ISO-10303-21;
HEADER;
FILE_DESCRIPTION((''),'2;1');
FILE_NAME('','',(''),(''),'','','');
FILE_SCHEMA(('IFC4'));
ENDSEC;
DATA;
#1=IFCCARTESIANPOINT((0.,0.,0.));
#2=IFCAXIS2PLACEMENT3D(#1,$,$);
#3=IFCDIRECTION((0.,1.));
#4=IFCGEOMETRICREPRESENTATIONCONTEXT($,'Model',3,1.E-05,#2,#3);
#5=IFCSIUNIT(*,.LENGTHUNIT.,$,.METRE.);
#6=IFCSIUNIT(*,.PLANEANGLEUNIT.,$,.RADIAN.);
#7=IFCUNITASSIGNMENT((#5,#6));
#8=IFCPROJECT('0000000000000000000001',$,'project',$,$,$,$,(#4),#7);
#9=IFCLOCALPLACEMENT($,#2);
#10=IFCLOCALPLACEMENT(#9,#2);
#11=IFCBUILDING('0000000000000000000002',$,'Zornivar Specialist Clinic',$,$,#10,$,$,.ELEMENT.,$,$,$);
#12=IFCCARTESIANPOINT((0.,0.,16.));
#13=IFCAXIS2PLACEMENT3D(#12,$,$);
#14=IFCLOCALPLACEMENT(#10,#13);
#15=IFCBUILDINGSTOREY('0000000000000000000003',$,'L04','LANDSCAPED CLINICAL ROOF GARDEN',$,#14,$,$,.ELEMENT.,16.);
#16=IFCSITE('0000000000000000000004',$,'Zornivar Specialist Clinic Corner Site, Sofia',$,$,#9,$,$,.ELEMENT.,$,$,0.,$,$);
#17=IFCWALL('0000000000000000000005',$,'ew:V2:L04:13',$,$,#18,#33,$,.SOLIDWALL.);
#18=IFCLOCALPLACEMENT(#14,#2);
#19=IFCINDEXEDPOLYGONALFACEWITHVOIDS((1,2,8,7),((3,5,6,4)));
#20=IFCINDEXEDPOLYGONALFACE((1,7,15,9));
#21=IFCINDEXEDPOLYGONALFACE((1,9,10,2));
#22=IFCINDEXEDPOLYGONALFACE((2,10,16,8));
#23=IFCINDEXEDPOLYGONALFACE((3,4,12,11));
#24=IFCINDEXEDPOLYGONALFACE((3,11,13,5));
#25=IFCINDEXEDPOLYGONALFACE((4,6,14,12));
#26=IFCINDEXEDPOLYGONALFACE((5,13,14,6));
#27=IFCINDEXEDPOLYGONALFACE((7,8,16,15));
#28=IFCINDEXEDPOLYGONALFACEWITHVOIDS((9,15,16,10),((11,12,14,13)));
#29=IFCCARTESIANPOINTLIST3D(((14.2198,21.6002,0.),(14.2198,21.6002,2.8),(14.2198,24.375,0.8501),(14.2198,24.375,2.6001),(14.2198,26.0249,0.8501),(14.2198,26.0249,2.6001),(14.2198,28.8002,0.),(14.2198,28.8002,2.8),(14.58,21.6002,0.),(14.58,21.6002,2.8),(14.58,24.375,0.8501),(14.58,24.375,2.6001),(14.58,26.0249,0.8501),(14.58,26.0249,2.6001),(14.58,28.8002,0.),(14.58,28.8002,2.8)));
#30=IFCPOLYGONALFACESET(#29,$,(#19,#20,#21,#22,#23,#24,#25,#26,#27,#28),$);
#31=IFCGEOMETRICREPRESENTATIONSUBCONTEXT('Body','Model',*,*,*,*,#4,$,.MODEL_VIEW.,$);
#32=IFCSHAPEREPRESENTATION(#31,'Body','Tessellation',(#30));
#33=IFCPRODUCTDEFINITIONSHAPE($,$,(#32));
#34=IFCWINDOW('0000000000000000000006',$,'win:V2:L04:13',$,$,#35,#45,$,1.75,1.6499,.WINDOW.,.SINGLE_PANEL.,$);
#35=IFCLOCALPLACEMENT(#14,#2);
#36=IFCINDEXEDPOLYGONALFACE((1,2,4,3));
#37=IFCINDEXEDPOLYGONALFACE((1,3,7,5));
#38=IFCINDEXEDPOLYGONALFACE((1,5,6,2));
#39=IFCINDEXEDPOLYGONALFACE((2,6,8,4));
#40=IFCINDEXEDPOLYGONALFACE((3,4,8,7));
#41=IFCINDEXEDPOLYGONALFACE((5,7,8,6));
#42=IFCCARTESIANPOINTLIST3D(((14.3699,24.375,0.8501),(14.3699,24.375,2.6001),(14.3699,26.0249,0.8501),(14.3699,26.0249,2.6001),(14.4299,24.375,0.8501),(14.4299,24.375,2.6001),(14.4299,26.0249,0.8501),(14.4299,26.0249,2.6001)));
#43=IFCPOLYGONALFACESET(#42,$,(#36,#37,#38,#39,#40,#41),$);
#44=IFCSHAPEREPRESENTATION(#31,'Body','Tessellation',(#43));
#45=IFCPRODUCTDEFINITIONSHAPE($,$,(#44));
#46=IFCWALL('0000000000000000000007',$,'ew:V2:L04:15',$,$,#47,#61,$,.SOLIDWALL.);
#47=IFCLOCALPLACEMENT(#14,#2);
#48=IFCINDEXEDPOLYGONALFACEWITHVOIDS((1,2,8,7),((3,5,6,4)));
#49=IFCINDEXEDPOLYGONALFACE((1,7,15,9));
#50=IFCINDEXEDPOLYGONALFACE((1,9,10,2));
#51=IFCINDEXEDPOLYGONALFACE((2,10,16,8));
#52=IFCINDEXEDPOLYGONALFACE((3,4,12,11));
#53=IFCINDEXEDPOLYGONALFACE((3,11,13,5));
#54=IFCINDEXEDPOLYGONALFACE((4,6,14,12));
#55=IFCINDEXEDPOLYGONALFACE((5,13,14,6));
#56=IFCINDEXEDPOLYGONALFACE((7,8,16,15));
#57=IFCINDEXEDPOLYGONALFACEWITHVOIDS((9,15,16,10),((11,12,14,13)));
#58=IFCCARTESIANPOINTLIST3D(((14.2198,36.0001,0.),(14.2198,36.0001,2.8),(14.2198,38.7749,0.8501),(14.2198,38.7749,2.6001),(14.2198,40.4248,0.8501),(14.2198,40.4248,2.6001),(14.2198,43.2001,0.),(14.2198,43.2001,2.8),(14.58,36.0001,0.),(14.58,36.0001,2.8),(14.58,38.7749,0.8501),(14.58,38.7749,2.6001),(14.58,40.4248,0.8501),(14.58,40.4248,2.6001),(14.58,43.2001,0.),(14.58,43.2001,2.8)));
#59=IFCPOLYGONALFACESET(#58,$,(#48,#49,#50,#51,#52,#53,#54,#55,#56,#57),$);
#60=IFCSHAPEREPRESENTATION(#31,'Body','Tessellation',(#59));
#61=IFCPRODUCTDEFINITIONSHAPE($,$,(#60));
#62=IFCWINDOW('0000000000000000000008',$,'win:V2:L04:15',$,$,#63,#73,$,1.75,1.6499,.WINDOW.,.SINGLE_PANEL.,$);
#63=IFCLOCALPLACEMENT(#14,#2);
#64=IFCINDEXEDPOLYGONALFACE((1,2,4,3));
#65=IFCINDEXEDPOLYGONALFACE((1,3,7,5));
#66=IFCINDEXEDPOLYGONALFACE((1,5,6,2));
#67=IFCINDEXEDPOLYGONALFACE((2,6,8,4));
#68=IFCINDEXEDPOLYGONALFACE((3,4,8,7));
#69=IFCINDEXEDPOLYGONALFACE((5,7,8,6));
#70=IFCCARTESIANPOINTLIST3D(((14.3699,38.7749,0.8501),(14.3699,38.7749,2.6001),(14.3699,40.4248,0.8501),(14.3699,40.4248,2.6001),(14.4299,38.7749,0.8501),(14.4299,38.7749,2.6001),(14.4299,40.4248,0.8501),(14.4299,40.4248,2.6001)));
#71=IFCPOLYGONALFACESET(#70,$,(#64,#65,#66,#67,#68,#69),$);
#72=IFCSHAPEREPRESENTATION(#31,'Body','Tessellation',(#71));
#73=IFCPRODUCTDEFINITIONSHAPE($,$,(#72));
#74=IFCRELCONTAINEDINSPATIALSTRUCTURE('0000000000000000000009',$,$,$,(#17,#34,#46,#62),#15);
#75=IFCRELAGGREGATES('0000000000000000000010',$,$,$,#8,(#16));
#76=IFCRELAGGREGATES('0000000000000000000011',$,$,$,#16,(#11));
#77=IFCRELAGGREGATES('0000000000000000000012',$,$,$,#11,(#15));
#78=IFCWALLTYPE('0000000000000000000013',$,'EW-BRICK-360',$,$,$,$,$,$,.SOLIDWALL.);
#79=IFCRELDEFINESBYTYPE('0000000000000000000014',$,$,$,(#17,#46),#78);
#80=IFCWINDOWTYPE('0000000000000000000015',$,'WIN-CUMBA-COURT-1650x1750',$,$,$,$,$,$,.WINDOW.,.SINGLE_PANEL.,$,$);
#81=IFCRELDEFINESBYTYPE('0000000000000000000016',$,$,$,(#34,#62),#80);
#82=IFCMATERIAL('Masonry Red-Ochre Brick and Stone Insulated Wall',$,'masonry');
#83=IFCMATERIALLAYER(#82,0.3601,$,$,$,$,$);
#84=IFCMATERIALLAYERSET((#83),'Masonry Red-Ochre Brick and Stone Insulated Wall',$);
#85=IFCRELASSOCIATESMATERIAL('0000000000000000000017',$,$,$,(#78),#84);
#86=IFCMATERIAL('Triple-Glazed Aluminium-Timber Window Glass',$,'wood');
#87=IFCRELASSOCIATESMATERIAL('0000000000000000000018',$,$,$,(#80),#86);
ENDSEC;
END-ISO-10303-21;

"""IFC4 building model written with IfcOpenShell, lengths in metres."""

from ifc_helpers import new_model, si_unit, direction, frame, frame_2d, origin, place, context, subcontext, project, spatial, rectangle, extrude, material, layer, layer_set, type_object, element, fill, save


model = new_model("IFC4")

# Units and contexts
model_context = context("Model", 3, precision=1e-05, world=origin(), true_north=direction((0.0, 1.0)))
body_context = subcontext(model_context, "Body", "Model", "MODEL_VIEW")
ifc_project = project(units=[si_unit("LENGTHUNIT", "METRE"), si_unit("PLANEANGLEUNIT", "RADIAN")], contexts=[model_context])

# Site, building, storey
site_placement = place(None, origin())
site = spatial("IfcSite", under=ifc_project, at=site_placement, Name="Zornivar Specialist Clinic Corner Site, Sofia", CompositionType="ELEMENT", RefElevation=0.0)
building_placement = place(site_placement, origin())
building = spatial("IfcBuilding", under=site, at=building_placement, Name="Zornivar Specialist Clinic", CompositionType="ELEMENT")
storey_placement = place(building_placement, frame((0.0, 0.0, 16.0)))
storey = spatial("IfcBuildingStorey", under=building, at=storey_placement, Name="L04", Description="LANDSCAPED CLINICAL ROOF GARDEN", CompositionType="ELEMENT", Elevation=16.0)

# Walls, openings, windows
ifc_material_1 = material(Name="Masonry Red-Ochre Brick and Stone Insulated Wall", Category="masonry")
ifc_layer_1 = layer(ifc_material_1, 0.3601)
ifc_layer_set_1 = layer_set([ifc_layer_1], Name="Masonry Red-Ochre Brick and Stone Insulated Wall")
wall_type = type_object("IfcWallType", Name="EW-BRICK-360", PredefinedType="SOLIDWALL", material=ifc_layer_set_1)
wall_1_placement = place(storey_placement, frame((14.3999, 21.6001, 0.0), z_axis=(0.0, 0.0, 1.0), x_axis=(0.0, 1.0, 0.0)))
wall_1 = element("IfcWall", 1, at=wall_1_placement, inside=storey, type_object=wall_type, Name="ew:V2:L04:13", PredefinedType="SOLIDWALL", context=body_context, shape_type="SweptSolid", body=[
    extrude(rectangle(XDim=7.2, YDim=0.3601, at=frame_2d((3.6001, 0.0))), origin(), (0.0, 0.0, 1.0), 2.8),
])
opening_1_placement = place(wall_1_placement, frame((2.7749, 0.0, 0.8501)))
opening_1 = element("IfcOpeningElement", 2, at=opening_1_placement, cuts=wall_1, PredefinedType="OPENING", context=body_context, shape_type="SweptSolid", body=[
    extrude(rectangle(XDim=1.6499, YDim=1.75, at=frame_2d((0.825, 0.875))), frame((0.0, 0.1899, 0.0), z_axis=(0.0, -1.0, 0.0), x_axis=(1.0, 0.0, 0.0)), (0.0, 0.0, 1.0), 0.3801),
])
ifc_material_2 = material(Name="Triple-Glazed Aluminium-Timber Window Glass", Category="wood")
window_type = type_object("IfcWindowType", Name="WIN-CUMBA-COURT-1650x1750", PartitioningType="SINGLE_PANEL", PredefinedType="WINDOW", material=ifc_material_2)
window_1_placement = place(opening_1_placement, origin())
window_1 = element("IfcWindow", 3, at=window_1_placement, inside=storey, type_object=window_type, Name="win:V2:L04:13", OverallHeight=1.75, OverallWidth=1.6499, PartitioningType="SINGLE_PANEL", PredefinedType="WINDOW", context=body_context, shape_type="SweptSolid", body=[
    extrude(rectangle(XDim=1.6499, YDim=1.75, at=frame_2d((0.825, 0.875))), frame((0.0, 0.03, 0.0), z_axis=(0.0, -1.0, 0.0), x_axis=(1.0, 0.0, 0.0)), (0.0, 0.0, 1.0), 0.0601),
])
fill(opening_1, window_1)
wall_2_placement = place(storey_placement, frame((14.3999, 36.0, 0.0), z_axis=(0.0, 0.0, 1.0), x_axis=(0.0, 1.0, 0.0)))
wall_2 = element("IfcWall", 4, at=wall_2_placement, inside=storey, type_object=wall_type, Name="ew:V2:L04:15", PredefinedType="SOLIDWALL", context=body_context, shape_type="SweptSolid", body=[
    extrude(rectangle(XDim=7.2, YDim=0.3601, at=frame_2d((3.6001, 0.0))), origin(), (0.0, 0.0, 1.0), 2.8),
])
opening_2_placement = place(wall_2_placement, frame((2.7749, 0.0, 0.8501)))
opening_2 = element("IfcOpeningElement", 5, at=opening_2_placement, cuts=wall_2, PredefinedType="OPENING", context=body_context, shape_type="SweptSolid", body=[
    extrude(rectangle(XDim=1.6499, YDim=1.75, at=frame_2d((0.825, 0.875))), frame((0.0, 0.1899, 0.0), z_axis=(0.0, -1.0, 0.0), x_axis=(1.0, 0.0, 0.0)), (0.0, 0.0, 1.0), 0.3801),
])
window_2_placement = place(opening_2_placement, origin())
window_2 = element("IfcWindow", 6, at=window_2_placement, inside=storey, type_object=window_type, Name="win:V2:L04:15", OverallHeight=1.75, OverallWidth=1.6499, PartitioningType="SINGLE_PANEL", PredefinedType="WINDOW", context=body_context, shape_type="SweptSolid", body=[
    extrude(rectangle(XDim=1.6499, YDim=1.75, at=frame_2d((0.825, 0.875))), frame((0.0, 0.03, 0.0), z_axis=(0.0, -1.0, 0.0), x_axis=(1.0, 0.0, 0.0)), (0.0, 0.0, 1.0), 0.0601),
])
fill(opening_2, window_2)

save(model, "model.ifc")
